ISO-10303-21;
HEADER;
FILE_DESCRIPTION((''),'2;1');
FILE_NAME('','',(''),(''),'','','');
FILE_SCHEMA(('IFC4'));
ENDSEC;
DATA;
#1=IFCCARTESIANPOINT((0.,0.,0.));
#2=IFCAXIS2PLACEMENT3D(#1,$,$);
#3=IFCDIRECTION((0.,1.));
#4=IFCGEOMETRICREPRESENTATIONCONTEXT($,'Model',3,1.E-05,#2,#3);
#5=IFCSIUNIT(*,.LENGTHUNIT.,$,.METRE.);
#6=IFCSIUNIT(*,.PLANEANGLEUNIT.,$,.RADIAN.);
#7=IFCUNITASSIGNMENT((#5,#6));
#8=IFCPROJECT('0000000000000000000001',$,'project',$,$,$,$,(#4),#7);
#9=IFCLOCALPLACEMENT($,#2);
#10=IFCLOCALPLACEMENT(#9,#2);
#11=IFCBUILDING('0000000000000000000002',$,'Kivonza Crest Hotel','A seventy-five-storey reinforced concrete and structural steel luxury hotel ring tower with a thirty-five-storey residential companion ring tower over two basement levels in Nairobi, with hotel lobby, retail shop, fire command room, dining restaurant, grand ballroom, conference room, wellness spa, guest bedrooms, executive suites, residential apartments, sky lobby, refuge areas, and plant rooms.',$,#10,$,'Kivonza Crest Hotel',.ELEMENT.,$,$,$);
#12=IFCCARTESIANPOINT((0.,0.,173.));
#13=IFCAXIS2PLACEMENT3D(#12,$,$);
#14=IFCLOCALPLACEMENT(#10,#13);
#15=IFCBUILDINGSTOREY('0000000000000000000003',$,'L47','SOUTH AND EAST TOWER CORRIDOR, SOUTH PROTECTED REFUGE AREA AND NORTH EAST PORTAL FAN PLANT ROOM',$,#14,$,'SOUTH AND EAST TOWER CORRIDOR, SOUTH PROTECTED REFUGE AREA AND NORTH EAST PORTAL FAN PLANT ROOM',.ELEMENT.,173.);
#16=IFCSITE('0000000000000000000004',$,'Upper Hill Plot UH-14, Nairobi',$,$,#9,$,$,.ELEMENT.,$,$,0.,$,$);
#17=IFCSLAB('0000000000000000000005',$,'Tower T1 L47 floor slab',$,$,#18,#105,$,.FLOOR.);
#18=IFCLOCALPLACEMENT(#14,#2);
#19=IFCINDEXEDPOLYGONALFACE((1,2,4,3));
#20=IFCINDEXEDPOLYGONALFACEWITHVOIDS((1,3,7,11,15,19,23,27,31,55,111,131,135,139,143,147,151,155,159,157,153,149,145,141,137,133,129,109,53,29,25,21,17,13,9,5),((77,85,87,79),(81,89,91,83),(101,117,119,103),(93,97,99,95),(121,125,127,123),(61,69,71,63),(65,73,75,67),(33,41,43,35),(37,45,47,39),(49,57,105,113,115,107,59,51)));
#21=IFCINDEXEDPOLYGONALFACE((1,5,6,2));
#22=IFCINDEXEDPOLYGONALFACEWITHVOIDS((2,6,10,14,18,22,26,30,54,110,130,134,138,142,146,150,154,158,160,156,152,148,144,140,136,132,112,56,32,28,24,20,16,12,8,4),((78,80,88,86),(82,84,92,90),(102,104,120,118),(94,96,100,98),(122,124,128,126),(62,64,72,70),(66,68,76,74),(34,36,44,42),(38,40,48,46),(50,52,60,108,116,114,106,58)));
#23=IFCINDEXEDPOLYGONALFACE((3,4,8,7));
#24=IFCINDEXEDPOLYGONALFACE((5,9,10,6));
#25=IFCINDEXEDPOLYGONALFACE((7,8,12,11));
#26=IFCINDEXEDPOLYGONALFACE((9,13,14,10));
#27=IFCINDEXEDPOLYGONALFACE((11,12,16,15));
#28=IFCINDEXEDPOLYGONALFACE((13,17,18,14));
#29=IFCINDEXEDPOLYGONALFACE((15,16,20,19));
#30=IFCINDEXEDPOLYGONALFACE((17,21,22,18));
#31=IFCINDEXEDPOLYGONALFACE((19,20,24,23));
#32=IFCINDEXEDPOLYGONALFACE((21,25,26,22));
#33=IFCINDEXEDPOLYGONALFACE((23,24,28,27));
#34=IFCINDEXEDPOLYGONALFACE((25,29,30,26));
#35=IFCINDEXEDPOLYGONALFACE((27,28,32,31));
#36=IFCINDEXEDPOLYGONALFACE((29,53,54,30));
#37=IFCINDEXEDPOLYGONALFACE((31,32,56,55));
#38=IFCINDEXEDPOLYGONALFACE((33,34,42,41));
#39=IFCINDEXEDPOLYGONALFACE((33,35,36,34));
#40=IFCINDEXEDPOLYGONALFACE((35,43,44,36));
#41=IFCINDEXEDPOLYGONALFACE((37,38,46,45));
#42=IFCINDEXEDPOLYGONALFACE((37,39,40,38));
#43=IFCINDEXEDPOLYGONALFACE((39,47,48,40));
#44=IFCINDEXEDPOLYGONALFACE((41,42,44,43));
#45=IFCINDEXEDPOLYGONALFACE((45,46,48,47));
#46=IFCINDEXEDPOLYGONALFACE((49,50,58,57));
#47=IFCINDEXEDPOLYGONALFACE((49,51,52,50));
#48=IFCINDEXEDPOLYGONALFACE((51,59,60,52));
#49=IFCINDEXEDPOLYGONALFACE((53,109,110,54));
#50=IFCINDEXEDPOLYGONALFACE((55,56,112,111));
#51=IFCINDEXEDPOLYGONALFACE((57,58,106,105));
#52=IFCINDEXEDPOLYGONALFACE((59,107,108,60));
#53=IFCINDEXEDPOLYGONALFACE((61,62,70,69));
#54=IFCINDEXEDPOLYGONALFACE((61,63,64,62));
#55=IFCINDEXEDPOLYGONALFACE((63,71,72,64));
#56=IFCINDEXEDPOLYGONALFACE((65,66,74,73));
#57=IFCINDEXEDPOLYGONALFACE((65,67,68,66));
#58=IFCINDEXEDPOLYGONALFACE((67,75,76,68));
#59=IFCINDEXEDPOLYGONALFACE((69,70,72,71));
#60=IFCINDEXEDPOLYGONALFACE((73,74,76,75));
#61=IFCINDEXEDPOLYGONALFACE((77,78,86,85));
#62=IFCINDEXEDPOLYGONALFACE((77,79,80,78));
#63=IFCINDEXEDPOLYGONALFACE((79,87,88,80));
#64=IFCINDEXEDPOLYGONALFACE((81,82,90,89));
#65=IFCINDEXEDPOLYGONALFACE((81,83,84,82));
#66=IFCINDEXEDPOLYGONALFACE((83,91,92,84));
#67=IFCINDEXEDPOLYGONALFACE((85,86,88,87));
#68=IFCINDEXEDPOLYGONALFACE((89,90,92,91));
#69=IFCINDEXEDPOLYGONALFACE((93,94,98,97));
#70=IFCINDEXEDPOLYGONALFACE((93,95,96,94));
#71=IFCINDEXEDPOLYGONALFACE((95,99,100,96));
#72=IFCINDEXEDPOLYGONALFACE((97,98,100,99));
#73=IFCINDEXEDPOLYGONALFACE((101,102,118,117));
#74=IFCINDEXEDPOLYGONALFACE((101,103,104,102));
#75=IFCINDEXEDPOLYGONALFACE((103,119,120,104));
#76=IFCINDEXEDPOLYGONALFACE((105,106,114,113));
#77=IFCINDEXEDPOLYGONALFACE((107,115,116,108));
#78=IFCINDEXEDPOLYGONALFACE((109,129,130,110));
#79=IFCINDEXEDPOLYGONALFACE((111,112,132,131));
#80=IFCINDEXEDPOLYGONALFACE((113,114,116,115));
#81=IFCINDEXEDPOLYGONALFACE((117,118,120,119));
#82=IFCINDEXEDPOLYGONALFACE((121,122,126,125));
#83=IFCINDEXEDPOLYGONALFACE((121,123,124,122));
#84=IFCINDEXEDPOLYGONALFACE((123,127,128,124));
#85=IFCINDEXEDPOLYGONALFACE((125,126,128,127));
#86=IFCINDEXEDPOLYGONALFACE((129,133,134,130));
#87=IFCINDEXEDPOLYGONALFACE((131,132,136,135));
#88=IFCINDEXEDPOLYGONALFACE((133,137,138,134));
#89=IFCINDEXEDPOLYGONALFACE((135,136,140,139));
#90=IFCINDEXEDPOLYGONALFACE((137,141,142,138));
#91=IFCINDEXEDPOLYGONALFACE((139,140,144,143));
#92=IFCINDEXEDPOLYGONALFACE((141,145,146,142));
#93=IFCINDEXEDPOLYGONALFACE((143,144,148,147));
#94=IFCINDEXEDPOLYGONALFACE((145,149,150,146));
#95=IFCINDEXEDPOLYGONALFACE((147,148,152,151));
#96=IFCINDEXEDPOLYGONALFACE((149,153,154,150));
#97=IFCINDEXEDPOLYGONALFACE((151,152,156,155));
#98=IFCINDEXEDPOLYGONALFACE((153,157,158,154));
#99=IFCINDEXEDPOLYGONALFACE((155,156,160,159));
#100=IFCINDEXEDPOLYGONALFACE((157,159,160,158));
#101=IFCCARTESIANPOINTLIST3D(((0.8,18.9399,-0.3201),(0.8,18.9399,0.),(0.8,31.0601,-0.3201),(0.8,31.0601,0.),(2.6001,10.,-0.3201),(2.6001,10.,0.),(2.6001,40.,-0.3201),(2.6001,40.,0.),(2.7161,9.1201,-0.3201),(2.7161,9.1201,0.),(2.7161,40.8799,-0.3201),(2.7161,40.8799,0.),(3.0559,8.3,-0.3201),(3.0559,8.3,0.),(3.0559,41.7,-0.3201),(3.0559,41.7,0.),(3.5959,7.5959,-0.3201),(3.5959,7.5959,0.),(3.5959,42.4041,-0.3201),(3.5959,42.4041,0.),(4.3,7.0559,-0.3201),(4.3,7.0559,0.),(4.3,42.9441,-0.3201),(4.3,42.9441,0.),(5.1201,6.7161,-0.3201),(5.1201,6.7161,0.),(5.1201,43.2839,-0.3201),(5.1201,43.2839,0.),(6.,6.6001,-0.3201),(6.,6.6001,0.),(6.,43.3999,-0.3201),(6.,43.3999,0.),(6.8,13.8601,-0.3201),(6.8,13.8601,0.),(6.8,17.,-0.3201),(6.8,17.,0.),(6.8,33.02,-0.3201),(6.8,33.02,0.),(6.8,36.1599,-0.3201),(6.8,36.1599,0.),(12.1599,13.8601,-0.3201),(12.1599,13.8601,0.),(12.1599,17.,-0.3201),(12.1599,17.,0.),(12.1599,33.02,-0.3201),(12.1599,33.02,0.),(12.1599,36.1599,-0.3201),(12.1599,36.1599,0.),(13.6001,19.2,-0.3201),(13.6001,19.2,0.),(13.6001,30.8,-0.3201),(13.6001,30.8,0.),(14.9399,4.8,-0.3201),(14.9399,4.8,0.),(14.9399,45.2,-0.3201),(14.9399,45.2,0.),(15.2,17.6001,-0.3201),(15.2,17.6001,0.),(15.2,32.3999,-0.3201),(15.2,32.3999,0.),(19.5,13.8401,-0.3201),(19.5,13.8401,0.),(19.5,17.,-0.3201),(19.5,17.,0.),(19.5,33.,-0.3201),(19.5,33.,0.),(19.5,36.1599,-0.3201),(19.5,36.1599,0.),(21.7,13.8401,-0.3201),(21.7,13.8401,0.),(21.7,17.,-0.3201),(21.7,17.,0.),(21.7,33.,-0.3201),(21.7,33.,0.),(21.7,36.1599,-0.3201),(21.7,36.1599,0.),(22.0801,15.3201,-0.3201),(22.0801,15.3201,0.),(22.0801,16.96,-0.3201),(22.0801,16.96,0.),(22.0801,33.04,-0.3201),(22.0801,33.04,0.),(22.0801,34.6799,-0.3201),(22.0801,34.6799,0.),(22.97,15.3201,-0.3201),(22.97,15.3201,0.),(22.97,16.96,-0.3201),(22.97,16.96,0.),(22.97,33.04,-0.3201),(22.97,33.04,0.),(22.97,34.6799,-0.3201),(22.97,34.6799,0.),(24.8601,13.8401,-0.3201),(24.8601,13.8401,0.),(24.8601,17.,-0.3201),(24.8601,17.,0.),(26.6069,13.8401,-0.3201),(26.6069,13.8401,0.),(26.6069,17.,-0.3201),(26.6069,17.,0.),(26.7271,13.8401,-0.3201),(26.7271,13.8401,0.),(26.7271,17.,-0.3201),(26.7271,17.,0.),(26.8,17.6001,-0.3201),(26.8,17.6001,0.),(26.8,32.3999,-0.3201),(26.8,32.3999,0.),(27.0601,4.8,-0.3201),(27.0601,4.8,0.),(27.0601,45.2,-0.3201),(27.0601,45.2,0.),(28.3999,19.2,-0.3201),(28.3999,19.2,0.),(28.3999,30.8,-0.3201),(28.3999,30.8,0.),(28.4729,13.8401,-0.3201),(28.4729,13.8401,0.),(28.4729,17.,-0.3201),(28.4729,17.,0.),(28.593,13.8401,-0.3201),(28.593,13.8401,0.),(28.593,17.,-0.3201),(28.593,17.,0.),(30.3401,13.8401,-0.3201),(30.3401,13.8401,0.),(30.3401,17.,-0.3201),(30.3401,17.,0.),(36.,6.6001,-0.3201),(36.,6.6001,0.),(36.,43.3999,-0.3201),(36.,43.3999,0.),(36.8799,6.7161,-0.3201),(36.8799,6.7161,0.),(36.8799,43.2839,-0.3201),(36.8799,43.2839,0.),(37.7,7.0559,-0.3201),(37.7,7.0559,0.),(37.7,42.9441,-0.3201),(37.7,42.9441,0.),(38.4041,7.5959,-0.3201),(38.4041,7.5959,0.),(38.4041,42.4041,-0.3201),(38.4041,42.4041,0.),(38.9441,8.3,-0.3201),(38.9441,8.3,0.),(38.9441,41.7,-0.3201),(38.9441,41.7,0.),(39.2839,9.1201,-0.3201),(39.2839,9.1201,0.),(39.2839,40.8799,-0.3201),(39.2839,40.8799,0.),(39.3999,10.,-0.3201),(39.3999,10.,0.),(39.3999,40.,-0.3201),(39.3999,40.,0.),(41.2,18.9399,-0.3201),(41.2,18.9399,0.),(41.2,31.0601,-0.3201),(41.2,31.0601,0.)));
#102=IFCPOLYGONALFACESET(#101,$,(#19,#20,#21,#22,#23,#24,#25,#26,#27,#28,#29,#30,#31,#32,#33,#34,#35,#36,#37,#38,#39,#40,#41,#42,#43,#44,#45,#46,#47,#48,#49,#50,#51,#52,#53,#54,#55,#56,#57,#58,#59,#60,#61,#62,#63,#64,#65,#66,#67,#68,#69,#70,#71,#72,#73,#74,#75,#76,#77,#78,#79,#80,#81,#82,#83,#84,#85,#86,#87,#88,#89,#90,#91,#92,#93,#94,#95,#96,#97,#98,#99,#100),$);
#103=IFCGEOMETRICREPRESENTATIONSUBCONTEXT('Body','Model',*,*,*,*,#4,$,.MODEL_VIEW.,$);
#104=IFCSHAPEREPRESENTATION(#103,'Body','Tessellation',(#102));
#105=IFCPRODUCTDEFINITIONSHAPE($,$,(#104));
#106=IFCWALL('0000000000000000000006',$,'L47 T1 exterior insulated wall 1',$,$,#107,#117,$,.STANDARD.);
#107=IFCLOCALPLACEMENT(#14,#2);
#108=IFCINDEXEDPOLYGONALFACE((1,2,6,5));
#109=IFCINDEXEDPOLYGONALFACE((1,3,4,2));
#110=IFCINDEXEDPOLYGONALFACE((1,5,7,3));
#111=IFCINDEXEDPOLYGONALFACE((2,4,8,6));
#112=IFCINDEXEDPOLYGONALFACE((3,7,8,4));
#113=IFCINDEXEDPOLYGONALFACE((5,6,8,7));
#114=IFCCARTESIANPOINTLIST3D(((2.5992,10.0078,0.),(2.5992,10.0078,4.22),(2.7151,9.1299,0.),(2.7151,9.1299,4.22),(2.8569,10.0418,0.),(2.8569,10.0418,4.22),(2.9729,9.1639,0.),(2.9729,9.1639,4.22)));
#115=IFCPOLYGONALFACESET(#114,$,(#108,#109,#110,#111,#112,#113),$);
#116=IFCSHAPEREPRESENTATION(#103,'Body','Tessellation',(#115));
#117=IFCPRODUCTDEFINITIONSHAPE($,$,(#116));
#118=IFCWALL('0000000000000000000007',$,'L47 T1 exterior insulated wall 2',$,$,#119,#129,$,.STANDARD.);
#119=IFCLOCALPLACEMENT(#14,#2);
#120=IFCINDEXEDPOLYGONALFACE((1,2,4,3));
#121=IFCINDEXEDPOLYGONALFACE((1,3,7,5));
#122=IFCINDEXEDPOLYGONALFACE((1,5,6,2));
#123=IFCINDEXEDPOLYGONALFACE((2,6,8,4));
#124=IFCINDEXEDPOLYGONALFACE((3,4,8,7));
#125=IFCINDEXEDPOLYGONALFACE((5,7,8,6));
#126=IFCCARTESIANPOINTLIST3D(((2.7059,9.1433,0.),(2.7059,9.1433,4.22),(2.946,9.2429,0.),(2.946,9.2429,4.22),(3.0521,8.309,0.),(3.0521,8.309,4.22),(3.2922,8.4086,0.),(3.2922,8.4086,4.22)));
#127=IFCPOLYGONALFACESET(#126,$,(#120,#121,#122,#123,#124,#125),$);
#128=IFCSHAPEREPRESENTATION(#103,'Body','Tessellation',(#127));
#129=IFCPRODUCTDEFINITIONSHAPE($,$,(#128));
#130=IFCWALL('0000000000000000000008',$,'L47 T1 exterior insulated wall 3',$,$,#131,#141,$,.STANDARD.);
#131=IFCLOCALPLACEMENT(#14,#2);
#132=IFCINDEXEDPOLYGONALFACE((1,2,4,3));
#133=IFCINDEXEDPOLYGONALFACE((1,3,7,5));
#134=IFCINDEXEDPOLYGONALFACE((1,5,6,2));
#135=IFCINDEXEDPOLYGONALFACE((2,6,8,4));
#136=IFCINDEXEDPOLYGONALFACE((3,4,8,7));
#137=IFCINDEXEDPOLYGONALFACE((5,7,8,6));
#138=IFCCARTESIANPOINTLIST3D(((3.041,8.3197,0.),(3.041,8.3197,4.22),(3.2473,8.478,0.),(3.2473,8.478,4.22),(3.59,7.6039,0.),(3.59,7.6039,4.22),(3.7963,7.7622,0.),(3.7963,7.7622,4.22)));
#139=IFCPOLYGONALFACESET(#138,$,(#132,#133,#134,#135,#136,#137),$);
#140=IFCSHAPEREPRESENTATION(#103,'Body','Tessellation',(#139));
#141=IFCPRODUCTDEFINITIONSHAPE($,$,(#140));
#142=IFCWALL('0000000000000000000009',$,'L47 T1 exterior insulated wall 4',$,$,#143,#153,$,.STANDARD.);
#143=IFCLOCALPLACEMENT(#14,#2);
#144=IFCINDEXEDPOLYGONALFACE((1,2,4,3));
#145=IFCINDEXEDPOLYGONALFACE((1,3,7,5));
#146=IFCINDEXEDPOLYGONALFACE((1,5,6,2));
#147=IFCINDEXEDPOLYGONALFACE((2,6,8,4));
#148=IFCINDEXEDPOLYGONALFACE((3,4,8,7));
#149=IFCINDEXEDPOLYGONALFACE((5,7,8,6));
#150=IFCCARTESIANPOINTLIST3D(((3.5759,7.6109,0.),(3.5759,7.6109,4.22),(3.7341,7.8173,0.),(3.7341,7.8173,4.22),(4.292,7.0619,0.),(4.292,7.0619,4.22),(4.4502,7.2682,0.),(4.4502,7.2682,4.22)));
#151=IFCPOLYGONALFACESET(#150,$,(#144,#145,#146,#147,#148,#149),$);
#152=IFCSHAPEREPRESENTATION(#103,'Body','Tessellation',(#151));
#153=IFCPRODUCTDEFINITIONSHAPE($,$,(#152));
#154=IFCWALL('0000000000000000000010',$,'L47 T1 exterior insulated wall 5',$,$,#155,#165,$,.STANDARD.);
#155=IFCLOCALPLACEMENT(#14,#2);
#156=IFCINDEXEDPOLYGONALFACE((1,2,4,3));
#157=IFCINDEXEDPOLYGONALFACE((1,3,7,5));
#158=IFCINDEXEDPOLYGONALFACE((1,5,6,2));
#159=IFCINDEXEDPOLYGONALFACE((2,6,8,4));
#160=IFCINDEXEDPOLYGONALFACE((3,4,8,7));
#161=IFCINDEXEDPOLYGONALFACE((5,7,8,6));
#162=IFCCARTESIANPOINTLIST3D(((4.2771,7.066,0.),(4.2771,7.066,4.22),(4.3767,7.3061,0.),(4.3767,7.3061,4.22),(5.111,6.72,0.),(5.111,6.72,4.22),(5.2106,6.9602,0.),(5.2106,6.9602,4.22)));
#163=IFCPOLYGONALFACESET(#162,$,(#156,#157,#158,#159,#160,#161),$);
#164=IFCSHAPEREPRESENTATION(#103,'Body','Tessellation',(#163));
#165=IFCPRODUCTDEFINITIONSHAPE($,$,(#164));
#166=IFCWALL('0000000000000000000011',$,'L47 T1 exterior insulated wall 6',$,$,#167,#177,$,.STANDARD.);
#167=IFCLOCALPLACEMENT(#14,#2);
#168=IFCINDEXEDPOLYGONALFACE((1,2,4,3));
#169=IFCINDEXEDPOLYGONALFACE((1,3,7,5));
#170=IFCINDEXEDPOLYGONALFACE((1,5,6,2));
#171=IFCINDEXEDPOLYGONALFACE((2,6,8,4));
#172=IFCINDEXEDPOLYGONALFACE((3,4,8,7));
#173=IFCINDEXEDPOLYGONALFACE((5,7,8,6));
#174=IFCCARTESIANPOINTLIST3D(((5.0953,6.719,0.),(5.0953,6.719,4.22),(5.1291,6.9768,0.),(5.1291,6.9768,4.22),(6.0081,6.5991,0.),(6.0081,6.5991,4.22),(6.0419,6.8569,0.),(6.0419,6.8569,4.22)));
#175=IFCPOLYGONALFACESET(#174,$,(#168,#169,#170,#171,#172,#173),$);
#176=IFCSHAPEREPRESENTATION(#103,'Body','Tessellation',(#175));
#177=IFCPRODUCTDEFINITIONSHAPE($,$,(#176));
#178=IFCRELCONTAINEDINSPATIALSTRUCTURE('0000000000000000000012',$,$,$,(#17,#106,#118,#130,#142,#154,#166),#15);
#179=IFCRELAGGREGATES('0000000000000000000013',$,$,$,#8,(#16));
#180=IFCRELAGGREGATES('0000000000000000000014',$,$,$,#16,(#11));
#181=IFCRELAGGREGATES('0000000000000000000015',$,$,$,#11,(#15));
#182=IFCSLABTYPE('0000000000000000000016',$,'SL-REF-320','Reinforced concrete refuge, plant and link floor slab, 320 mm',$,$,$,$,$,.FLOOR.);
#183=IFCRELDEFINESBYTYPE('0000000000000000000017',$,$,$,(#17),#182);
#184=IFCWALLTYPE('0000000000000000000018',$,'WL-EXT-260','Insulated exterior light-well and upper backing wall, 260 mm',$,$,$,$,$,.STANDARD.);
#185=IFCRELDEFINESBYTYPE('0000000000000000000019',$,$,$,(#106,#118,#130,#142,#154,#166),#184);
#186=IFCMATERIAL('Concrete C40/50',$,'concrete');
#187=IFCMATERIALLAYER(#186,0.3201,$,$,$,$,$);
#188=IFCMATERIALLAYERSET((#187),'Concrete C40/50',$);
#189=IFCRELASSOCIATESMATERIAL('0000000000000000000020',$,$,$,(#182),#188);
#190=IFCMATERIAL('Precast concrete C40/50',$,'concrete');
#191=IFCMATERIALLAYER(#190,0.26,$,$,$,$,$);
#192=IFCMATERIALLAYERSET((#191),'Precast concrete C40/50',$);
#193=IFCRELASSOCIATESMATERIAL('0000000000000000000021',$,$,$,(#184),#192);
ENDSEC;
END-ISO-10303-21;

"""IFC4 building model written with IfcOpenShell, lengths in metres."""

from ifc_helpers import new_model, si_unit, direction, frame, frame_2d, origin, place, context, subcontext, project, spatial, polyline, rectangle, outline, extrude, material, layer, layer_set, type_object, element, save


model = new_model("IFC4")

# Units and contexts
model_context = context("Model", 3, precision=1e-05, world=origin(), true_north=direction((0.0, 1.0)))
body_context = subcontext(model_context, "Body", "Model", "MODEL_VIEW")
ifc_project = project(units=[si_unit("LENGTHUNIT", "METRE"), si_unit("PLANEANGLEUNIT", "RADIAN")], contexts=[model_context])

# Site, building, storey
site_placement = place(None, origin())
site = spatial("IfcSite", under=ifc_project, at=site_placement, Name="Upper Hill Plot UH-14, Nairobi", CompositionType="ELEMENT", RefElevation=0.0)
building_placement = place(site_placement, origin())
building = spatial("IfcBuilding", under=site, at=building_placement, Name="Kivonza Crest Hotel", Description="A seventy-five-storey reinforced concrete and structural steel luxury hotel ring tower with a thirty-five-storey residential companion ring tower over two basement levels in Nairobi, with hotel lobby, retail shop, fire command room, dining restaurant, grand ballroom, conference room, wellness spa, guest bedrooms, executive suites, residential apartments, sky lobby, refuge areas, and plant rooms.", LongName="Kivonza Crest Hotel", CompositionType="ELEMENT")
storey_placement = place(building_placement, frame((0.0, 0.0, 173.0)))
storey = spatial("IfcBuildingStorey", under=building, at=storey_placement, Name="L47", Description="SOUTH AND EAST TOWER CORRIDOR, SOUTH PROTECTED REFUGE AREA AND NORTH EAST PORTAL FAN PLANT ROOM", LongName="SOUTH AND EAST TOWER CORRIDOR, SOUTH PROTECTED REFUGE AREA AND NORTH EAST PORTAL FAN PLANT ROOM", CompositionType="ELEMENT", Elevation=173.0)

# Shared definitions
ifc_material_1 = material(Name="Concrete C40/50", Category="concrete")

# Slab
ifc_layer_1 = layer(ifc_material_1, 0.3201)
ifc_layer_set_1 = layer_set([ifc_layer_1], Name="Concrete C40/50")
slab_type_1 = type_object("IfcSlabType", Name="SL-REF-320", Description="Reinforced concrete refuge, plant and link floor slab, 320 mm", PredefinedType="FLOOR", material=ifc_layer_set_1)
slab_1_placement = place(storey_placement, frame((0.0, 0.0, -0.3201)))
element("IfcSlab", 1, at=slab_1_placement, inside=storey, type_object=slab_type_1, Name="Tower T1 L47 floor slab", PredefinedType="FLOOR", context=body_context, shape_type="SweptSolid", body=[
    extrude(outline(polyline([(2.6001, 10.0), (2.7161, 9.1201), (3.0559, 8.3), (3.5959, 7.5959), (4.3, 7.0559), (5.1201, 6.7161), (6.0, 6.6001), (14.9399, 4.8), (27.0601, 4.8), (36.0, 6.6001), (36.8799, 6.7161), (37.7, 7.0559), (38.4041, 7.5959), (38.9441, 8.3), (39.2839, 9.1201), (39.3999, 10.0), (41.2, 18.9399), (41.2, 31.0601), (39.3999, 40.0), (39.2839, 40.8799), (38.9441, 41.7), (38.4041, 42.4041), (37.7, 42.9441), (36.8799, 43.2839), (36.0, 43.3999), (27.0601, 45.2), (14.9399, 45.2), (6.0, 43.3999), (5.1201, 43.2839), (4.3, 42.9441), (3.5959, 42.4041), (3.0559, 41.7), (2.7161, 40.8799), (2.6001, 40.0), (0.8, 31.0601), (0.8, 18.9399), (2.6001, 10.0)]), holes=[polyline([(15.2, 17.6001), (26.8, 17.6001), (28.3999, 19.2), (28.3999, 30.8), (26.8, 32.3999), (15.2, 32.3999), (13.6001, 30.8), (13.6001, 19.2), (15.2, 17.6001)]), polyline([(6.8, 33.02), (12.1599, 33.02), (12.1599, 36.1599), (6.8, 36.1599), (6.8, 33.02)]), polyline([(6.8, 13.8601), (12.1599, 13.8601), (12.1599, 17.0), (6.8, 17.0), (6.8, 13.8601)]), polyline([(22.0801, 33.04), (22.97, 33.04), (22.97, 34.6799), (22.0801, 34.6799), (22.0801, 33.04)]), polyline([(22.0801, 15.3201), (22.97, 15.3201), (22.97, 16.96), (22.0801, 16.96), (22.0801, 15.3201)]), polyline([(19.5, 33.0), (21.7, 33.0), (21.7, 36.1599), (19.5, 36.1599), (19.5, 33.0)]), polyline([(19.5, 13.8401), (21.7, 13.8401), (21.7, 17.0), (19.5, 17.0), (19.5, 13.8401)]), polyline([(24.8601, 13.8401), (26.6069, 13.8401), (26.6069, 17.0), (24.8601, 17.0), (24.8601, 13.8401)]), polyline([(26.7271, 13.8401), (28.4729, 13.8401), (28.4729, 17.0), (26.7271, 17.0), (26.7271, 13.8401)]), polyline([(28.593, 13.8401), (30.3401, 13.8401), (30.3401, 17.0), (28.593, 17.0), (28.593, 13.8401)])]), origin(), (0.0, 0.0, 1.0), 0.3201),
])

# Walls
ifc_material_2 = material(Name="Precast concrete C40/50", Category="concrete")
ifc_layer_2 = layer(ifc_material_2, 0.26)
ifc_layer_set_2 = layer_set([ifc_layer_2], Name="Precast concrete C40/50")
wall_type_1 = type_object("IfcWallType", Name="WL-EXT-260", Description="Insulated exterior light-well and upper backing wall, 260 mm", PredefinedType="STANDARD", material=ifc_layer_set_2)
wall_1_placement = place(storey_placement, frame((2.728, 10.0249, 0.0), z_axis=(0.0, 0.0, 1.0), x_axis=(0.130954, -0.991388, 0.0)))
element("IfcWall", 2, at=wall_1_placement, inside=storey, type_object=wall_type_1, Name="L47 T1 exterior insulated wall 1", PredefinedType="STANDARD", context=body_context, shape_type="SweptSolid", body=[
    extrude(rectangle(XDim=0.8855, YDim=0.26, at=frame_2d((0.4429, 0.0))), origin(), (0.0, 0.0, 1.0), 4.22),
])
wall_2_placement = place(storey_placement, frame((2.8259, 9.1931, 0.0), z_axis=(0.0, 0.0, 1.0), x_axis=(0.383291, -0.923628, 0.0)))
element("IfcWall", 3, at=wall_2_placement, inside=storey, type_object=wall_type_1, Name="L47 T1 exterior insulated wall 2", PredefinedType="STANDARD", context=body_context, shape_type="SweptSolid", body=[
    extrude(rectangle(XDim=0.9033, YDim=0.26, at=frame_2d((0.4517, 0.0))), origin(), (0.0, 0.0, 1.0), 4.22),
])
wall_3_placement = place(storey_placement, frame((3.144, 8.3989, 0.0), z_axis=(0.0, 0.0, 1.0), x_axis=(0.608625, -0.793458, 0.0)))
element("IfcWall", 4, at=wall_3_placement, inside=storey, type_object=wall_type_1, Name="L47 T1 exterior insulated wall 3", PredefinedType="STANDARD", context=body_context, shape_type="SweptSolid", body=[
    extrude(rectangle(XDim=0.9021, YDim=0.26, at=frame_2d((0.4512, 0.0))), origin(), (0.0, 0.0, 1.0), 4.22),
])
wall_4_placement = place(storey_placement, frame((3.655, 7.7141, 0.0), z_axis=(0.0, 0.0, 1.0), x_axis=(0.793558, -0.608494, 0.0)))
element("IfcWall", 5, at=wall_4_placement, inside=storey, type_object=wall_type_1, Name="L47 T1 exterior insulated wall 4", PredefinedType="STANDARD", context=body_context, shape_type="SweptSolid", body=[
    extrude(rectangle(XDim=0.9023, YDim=0.26, at=frame_2d((0.4512, 0.0))), origin(), (0.0, 0.0, 1.0), 4.22),
])
wall_5_placement = place(storey_placement, frame((4.3269, 7.186, 0.0), z_axis=(0.0, 0.0, 1.0), x_axis=(0.923684, -0.383156, 0.0)))
element("IfcWall", 6, at=wall_5_placement, inside=storey, type_object=wall_type_1, Name="L47 T1 exterior insulated wall 5", PredefinedType="STANDARD", context=body_context, shape_type="SweptSolid", body=[
    extrude(rectangle(XDim=0.9028, YDim=0.26, at=frame_2d((0.4514, 0.0))), origin(), (0.0, 0.0, 1.0), 4.22),
])
wall_6_placement = place(storey_placement, frame((5.1121, 6.8479, 0.0), z_axis=(0.0, 0.0, 1.0), x_axis=(0.991488, -0.130201, 0.0)))
element("IfcWall", 7, at=wall_6_placement, inside=storey, type_object=wall_type_1, Name="L47 T1 exterior insulated wall 6", PredefinedType="STANDARD", context=body_context, shape_type="SweptSolid", body=[
    extrude(rectangle(XDim=0.9207, YDim=0.26, at=frame_2d((0.4604, 0.0))), origin(), (0.0, 0.0, 1.0), 4.22),
])

save(model, "model.ifc")
